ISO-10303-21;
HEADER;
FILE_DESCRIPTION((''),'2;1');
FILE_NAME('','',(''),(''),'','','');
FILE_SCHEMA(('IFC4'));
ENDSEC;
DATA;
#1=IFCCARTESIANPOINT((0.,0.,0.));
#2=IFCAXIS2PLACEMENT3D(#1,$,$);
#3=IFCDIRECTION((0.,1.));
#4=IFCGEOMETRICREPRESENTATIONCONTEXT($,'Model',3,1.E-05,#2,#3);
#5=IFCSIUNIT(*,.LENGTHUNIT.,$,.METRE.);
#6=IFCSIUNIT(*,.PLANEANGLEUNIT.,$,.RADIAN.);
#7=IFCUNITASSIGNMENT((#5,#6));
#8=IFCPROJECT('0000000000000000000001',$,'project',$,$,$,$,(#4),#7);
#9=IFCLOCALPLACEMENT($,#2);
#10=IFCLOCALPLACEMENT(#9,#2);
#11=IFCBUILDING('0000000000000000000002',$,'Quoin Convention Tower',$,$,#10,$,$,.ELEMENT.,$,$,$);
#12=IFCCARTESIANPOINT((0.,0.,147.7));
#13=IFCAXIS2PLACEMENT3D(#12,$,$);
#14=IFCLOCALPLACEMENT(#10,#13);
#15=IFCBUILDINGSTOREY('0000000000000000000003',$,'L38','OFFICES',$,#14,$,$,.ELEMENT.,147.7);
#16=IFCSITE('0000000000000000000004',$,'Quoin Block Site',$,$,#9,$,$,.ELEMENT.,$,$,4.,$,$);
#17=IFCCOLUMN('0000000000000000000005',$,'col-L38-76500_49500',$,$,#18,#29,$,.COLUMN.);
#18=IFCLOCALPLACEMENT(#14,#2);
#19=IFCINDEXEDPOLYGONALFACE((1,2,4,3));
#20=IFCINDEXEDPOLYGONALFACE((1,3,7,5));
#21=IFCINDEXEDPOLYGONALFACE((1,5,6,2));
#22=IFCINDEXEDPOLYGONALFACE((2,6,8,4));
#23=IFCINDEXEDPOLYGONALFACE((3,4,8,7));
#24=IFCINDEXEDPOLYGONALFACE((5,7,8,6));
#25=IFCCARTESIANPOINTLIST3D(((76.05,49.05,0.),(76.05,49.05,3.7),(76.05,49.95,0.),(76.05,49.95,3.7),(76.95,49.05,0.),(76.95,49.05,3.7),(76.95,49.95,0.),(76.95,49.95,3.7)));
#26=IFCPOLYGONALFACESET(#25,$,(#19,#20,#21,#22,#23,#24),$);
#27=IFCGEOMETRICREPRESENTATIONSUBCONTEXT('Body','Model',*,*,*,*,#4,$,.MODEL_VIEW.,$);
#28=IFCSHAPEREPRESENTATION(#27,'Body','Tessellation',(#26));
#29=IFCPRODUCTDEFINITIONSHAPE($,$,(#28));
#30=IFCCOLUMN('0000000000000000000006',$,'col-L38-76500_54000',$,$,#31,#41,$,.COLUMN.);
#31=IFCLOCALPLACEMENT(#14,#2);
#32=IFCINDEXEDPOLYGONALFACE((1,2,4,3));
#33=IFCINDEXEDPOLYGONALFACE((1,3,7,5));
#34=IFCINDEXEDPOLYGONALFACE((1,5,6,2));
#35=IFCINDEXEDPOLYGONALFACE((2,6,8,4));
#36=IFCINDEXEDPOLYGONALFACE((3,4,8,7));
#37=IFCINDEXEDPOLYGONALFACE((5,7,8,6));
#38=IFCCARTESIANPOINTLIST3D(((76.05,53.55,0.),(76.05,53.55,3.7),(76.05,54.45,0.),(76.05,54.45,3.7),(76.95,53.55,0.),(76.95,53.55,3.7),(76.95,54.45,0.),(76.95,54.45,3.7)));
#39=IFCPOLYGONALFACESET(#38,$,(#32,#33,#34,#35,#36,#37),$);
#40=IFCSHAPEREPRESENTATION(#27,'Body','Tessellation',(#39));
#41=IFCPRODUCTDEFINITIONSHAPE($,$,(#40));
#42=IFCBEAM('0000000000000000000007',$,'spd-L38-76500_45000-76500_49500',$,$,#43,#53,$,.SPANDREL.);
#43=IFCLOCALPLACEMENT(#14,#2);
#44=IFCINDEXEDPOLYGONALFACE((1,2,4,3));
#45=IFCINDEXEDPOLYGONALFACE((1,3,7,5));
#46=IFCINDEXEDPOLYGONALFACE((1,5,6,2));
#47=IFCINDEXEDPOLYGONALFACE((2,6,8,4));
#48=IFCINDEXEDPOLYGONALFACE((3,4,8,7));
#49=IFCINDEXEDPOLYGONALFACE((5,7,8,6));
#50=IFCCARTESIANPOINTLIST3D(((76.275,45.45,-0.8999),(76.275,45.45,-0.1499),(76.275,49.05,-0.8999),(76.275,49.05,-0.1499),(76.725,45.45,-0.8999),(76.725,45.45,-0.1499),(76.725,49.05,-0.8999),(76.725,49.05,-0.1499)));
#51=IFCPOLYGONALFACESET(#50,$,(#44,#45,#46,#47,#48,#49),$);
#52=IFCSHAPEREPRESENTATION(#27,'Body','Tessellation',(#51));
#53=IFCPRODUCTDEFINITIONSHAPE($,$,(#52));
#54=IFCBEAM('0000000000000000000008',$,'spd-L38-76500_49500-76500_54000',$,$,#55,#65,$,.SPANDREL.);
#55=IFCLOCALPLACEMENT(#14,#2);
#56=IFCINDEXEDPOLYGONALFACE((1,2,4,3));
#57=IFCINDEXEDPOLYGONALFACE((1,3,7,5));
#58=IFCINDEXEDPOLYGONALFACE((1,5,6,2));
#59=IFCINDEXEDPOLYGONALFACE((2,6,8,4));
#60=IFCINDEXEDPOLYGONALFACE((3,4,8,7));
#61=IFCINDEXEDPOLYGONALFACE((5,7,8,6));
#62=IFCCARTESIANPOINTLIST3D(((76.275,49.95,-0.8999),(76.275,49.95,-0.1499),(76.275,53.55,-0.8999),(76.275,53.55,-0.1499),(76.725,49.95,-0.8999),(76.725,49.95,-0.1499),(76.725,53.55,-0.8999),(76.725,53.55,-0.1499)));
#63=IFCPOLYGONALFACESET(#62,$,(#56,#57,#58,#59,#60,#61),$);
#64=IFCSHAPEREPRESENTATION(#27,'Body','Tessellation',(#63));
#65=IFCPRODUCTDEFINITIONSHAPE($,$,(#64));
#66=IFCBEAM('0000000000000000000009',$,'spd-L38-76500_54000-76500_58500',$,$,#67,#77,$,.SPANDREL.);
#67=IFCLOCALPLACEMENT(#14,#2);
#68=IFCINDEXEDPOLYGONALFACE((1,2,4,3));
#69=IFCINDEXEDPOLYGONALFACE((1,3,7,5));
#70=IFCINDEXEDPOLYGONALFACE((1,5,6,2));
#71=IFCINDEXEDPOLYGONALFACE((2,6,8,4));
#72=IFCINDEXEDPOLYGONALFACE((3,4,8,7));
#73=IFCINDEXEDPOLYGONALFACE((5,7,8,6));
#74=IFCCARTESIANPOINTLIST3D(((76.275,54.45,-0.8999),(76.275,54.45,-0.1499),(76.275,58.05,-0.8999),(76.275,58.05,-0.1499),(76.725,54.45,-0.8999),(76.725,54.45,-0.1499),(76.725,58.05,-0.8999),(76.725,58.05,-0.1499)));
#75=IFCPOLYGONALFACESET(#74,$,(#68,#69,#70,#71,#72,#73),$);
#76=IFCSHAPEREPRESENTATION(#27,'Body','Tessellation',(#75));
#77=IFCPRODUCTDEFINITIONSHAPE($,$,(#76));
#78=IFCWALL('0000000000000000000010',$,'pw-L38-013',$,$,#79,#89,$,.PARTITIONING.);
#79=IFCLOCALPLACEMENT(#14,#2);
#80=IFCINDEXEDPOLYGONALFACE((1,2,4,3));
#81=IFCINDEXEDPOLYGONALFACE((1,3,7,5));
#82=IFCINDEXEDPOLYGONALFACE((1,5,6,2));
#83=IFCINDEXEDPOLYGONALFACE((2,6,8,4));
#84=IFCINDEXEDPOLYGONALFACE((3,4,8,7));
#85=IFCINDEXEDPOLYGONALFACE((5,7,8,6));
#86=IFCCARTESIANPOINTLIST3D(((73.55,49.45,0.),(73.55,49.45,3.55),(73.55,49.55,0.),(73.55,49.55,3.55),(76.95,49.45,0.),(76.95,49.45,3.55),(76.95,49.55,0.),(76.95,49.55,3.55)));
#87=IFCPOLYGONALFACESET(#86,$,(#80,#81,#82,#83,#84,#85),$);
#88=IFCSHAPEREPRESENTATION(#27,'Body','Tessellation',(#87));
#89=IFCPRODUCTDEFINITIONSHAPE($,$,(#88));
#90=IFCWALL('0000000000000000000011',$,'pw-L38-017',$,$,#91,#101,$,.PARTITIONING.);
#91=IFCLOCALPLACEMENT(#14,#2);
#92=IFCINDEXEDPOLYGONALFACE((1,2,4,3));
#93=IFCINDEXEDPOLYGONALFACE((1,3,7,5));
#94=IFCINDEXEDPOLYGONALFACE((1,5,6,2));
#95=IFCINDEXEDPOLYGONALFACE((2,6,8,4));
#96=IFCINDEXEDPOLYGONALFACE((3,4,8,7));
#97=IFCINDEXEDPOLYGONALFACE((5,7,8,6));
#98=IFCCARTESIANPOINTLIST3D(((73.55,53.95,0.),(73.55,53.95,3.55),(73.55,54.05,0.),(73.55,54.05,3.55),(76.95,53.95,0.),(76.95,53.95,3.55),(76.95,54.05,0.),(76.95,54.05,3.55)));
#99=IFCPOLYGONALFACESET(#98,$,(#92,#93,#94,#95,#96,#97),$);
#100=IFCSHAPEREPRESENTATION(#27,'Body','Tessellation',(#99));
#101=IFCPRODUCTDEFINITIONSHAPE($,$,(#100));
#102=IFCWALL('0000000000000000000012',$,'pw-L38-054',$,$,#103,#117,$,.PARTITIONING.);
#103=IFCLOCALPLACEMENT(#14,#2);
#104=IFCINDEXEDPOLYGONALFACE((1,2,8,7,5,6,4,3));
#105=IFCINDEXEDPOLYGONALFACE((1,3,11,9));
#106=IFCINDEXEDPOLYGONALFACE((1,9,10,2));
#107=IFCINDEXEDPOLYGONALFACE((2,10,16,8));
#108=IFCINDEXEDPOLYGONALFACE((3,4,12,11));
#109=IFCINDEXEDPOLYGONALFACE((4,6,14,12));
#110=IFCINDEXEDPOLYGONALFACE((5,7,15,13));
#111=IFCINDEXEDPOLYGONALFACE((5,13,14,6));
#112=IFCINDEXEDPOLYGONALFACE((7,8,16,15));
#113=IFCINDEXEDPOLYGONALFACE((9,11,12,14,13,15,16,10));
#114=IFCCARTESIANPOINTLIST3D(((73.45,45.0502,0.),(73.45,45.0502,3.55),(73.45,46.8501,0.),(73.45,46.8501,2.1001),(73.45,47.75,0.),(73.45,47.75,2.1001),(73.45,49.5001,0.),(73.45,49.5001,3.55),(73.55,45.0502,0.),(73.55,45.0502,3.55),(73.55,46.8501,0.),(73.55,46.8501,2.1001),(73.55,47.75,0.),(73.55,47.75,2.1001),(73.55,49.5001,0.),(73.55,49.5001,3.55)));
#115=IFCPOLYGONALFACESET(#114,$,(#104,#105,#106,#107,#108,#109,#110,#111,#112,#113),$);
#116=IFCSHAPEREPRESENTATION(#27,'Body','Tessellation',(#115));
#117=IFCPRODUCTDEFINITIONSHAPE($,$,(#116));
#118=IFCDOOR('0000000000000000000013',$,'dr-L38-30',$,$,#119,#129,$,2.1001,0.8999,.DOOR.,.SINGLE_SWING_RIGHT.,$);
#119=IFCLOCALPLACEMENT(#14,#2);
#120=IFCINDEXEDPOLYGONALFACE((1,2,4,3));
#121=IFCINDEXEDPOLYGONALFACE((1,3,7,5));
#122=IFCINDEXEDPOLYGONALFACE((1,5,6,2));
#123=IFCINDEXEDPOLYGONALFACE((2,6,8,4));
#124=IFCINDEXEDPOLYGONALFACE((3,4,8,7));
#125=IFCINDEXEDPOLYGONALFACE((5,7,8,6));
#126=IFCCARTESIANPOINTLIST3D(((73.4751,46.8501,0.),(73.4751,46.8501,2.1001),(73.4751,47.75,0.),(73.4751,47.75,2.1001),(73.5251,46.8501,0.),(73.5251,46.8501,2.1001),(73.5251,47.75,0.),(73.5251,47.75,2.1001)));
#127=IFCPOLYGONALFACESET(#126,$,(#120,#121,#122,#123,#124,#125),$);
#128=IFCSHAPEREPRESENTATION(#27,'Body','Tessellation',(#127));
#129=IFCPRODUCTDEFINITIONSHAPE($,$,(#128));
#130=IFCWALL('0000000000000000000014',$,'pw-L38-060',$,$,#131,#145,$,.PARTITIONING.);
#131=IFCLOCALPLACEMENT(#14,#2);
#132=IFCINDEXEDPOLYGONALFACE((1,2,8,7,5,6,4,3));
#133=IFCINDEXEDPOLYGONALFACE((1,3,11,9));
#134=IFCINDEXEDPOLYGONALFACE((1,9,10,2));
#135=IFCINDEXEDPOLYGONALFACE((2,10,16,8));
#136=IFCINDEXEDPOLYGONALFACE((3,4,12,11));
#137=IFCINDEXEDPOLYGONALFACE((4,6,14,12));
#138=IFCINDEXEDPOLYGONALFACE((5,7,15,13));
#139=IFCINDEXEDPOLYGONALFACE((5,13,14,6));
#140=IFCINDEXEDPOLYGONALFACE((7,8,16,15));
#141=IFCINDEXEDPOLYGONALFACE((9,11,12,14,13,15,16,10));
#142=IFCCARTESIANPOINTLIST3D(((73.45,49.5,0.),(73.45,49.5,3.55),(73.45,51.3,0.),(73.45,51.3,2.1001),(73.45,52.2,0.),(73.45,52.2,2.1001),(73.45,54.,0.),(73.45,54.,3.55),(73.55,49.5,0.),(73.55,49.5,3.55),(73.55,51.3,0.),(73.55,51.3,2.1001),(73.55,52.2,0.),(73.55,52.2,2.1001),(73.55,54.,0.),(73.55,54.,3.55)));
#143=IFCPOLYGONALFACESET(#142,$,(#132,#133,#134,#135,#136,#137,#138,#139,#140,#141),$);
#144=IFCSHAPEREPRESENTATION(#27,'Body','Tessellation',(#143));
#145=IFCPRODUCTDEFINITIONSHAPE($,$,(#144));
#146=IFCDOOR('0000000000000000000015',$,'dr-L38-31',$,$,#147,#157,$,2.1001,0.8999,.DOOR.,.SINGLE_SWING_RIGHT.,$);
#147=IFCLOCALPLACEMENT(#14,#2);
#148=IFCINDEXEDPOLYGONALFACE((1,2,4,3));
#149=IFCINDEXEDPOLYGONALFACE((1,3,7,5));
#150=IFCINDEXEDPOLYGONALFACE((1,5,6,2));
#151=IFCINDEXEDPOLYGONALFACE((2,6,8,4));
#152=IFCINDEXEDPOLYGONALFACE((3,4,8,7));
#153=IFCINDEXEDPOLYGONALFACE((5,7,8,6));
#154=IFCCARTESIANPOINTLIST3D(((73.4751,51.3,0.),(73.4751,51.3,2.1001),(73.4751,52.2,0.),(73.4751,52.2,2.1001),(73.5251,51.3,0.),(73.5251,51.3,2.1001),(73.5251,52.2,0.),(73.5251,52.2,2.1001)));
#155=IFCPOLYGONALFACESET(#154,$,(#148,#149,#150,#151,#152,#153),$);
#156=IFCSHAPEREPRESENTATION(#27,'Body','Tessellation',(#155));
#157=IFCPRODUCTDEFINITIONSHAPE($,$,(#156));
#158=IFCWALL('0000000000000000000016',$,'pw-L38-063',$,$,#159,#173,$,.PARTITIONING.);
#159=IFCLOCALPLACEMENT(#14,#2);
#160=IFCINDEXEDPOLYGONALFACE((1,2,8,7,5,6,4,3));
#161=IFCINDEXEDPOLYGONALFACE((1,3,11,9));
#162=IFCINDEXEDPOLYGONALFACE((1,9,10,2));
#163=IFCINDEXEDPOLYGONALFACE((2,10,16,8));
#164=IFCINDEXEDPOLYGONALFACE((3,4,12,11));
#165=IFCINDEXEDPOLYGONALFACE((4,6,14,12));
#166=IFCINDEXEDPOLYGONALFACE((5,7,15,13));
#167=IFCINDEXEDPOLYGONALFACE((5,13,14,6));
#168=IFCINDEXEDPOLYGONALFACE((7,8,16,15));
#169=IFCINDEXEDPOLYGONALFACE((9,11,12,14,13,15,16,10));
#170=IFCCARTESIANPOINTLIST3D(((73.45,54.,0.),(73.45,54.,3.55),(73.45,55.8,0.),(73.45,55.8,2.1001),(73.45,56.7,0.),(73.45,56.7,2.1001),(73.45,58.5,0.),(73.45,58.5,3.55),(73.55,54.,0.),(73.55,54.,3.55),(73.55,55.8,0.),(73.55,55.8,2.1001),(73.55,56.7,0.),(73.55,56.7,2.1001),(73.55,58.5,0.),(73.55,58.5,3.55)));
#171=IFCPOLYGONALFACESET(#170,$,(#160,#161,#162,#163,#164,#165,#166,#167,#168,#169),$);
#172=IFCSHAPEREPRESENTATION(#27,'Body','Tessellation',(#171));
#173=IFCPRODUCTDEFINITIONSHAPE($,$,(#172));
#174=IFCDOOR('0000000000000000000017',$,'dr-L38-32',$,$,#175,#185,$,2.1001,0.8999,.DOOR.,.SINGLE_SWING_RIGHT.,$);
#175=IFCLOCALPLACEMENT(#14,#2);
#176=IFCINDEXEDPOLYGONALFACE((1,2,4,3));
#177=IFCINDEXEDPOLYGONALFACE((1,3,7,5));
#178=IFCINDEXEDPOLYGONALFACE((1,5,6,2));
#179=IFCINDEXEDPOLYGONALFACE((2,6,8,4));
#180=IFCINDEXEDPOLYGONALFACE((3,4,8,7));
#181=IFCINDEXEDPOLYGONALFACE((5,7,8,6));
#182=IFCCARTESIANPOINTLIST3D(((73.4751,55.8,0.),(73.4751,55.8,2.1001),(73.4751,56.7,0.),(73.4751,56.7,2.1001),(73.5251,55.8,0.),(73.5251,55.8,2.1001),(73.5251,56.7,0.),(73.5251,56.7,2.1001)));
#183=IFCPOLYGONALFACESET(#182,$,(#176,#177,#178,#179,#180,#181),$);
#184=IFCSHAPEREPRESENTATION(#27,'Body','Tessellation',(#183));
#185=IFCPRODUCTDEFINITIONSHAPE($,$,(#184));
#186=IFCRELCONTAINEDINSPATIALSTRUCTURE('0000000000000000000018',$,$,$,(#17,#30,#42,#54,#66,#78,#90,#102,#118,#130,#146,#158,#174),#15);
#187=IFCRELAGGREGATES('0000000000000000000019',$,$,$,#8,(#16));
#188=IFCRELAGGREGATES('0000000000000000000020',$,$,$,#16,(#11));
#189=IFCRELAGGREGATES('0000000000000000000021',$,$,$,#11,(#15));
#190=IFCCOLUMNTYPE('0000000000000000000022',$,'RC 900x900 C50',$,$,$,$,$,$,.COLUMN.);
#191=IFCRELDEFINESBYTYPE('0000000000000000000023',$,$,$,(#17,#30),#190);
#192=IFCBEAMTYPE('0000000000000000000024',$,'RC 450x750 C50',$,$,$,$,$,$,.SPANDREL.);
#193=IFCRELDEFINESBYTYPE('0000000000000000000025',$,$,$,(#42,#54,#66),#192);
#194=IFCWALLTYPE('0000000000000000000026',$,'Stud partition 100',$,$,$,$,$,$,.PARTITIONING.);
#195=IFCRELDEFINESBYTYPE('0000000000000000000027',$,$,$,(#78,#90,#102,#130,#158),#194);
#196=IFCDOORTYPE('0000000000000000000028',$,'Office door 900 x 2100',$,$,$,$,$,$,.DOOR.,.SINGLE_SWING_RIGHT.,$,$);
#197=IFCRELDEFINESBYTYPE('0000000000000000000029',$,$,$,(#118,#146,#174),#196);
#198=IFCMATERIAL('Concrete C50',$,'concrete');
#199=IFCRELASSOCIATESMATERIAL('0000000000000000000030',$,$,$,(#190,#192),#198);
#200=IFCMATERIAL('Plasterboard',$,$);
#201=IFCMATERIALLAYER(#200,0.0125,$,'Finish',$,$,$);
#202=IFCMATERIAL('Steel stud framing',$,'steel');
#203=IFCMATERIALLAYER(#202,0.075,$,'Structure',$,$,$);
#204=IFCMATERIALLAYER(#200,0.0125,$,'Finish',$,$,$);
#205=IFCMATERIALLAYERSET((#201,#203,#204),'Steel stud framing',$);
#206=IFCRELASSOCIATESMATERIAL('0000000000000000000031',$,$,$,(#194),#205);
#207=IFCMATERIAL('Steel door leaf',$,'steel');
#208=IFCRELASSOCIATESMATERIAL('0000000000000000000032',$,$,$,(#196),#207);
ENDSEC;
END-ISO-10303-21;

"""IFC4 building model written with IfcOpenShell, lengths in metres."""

from ifc_helpers import new_model, si_unit, direction, frame, frame_2d, origin, origin_2d, place, context, subcontext, project, spatial, rectangle, extrude, material, layer, layer_set, material_profile, profile_set, type_object, element, fill, save


model = new_model("IFC4")

# Units and contexts
model_context = context("Model", 3, precision=1e-05, world=origin(), true_north=direction((0.0, 1.0)))
body_context = subcontext(model_context, "Body", "Model", "MODEL_VIEW")
ifc_project = project(units=[si_unit("LENGTHUNIT", "METRE"), si_unit("PLANEANGLEUNIT", "RADIAN")], contexts=[model_context])

# Site, building, storey
site_placement = place(None, origin())
site = spatial("IfcSite", under=ifc_project, at=site_placement, Name="Quoin Block Site", CompositionType="ELEMENT", RefElevation=4.0)
building_placement = place(site_placement, origin())
building = spatial("IfcBuilding", under=site, at=building_placement, Name="Quoin Convention Tower", CompositionType="ELEMENT")
storey_placement = place(building_placement, frame((0.0, 0.0, 147.7)))
storey = spatial("IfcBuildingStorey", under=building, at=storey_placement, Name="L38", Description="OFFICES", CompositionType="ELEMENT", Elevation=147.7)

# Columns
ifc_material_1 = material(Name="Concrete C50", Category="concrete")
ifc_material_profile_1 = material_profile(ifc_material_1, rectangle(XDim=0.8999, YDim=0.8999, at=origin_2d()), Name="RC 900x900")
ifc_profile_set_1 = profile_set([ifc_material_profile_1], Name="Concrete C50")
column_type = type_object("IfcColumnType", Name="RC 900x900 C50", PredefinedType="COLUMN", material=ifc_profile_set_1)
for number, where, z_axis, x_axis, name in (
    (1, (76.5, 49.5, 0.0), (0.0, 0.0, 1.0), (1.0, 0.0, 0.0), "col-L38-76500_49500"),
    (2, (76.5, 54.0, 0.0), (0.0, 0.0, 1.0), (1.0, 0.0, 0.0), "col-L38-76500_54000"),
):
    element("IfcColumn", number, at=place(storey_placement, frame(where, z_axis=z_axis, x_axis=x_axis)), inside=storey, type_object=column_type, Name=name, PredefinedType="COLUMN", context=body_context, shape_type="SweptSolid", body=[
        extrude(rectangle(XDim=0.8999, YDim=0.8999, at=origin_2d()), origin(), (0.0, 0.0, 1.0), 3.7),
    ])

# Beams
ifc_material_profile_2 = material_profile(ifc_material_1, rectangle(XDim=0.45, YDim=0.75, at=origin_2d()), Name="RC 450x750")
ifc_profile_set_2 = profile_set([ifc_material_profile_2], Name="Concrete C50")
beam_type = type_object("IfcBeamType", Name="RC 450x750 C50", PredefinedType="SPANDREL", material=ifc_profile_set_2)
for number, where, z_axis, x_axis, name in (
    (3, (76.5, 45.45, -0.5249), (0.0, 1.0, 0.0), (-1.0, 0.0, 0.0), "spd-L38-76500_45000-76500_49500"),
    (4, (76.5, 49.95, -0.5249), (0.0, 1.0, 0.0), (-1.0, 0.0, 0.0), "spd-L38-76500_49500-76500_54000"),
    (5, (76.5, 54.45, -0.5249), (0.0, 1.0, 0.0), (-1.0, 0.0, 0.0), "spd-L38-76500_54000-76500_58500"),
):
    element("IfcBeam", number, at=place(storey_placement, frame(where, z_axis=z_axis, x_axis=x_axis)), inside=storey, type_object=beam_type, Name=name, PredefinedType="SPANDREL", context=body_context, shape_type="SweptSolid", body=[
        extrude(rectangle(XDim=0.45, YDim=0.75, at=origin_2d()), origin(), (0.0, 0.0, 1.0), 3.6001),
    ])

# Walls
ifc_material_2 = material(Name="Plasterboard")
ifc_layer_1 = layer(ifc_material_2, 0.0125, Name="Finish")
ifc_material_3 = material(Name="Steel stud framing", Category="steel")
ifc_layer_2 = layer(ifc_material_3, 0.075, Name="Structure")
ifc_layer_3 = layer(ifc_material_2, 0.0125, Name="Finish")
ifc_layer_set = layer_set([ifc_layer_1, ifc_layer_2, ifc_layer_3], Name="Steel stud framing")
wall_type = type_object("IfcWallType", Name="Stud partition 100", PredefinedType="PARTITIONING", material=ifc_layer_set)
for number, where, z_axis, x_axis, name in (
    (6, (73.55, 49.5, 0.0), (0.0, 0.0, 1.0), (1.0, 0.0, 0.0), "pw-L38-013"),
    (7, (73.55, 54.0, 0.0), (0.0, 0.0, 1.0), (1.0, 0.0, 0.0), "pw-L38-017"),
):
    element("IfcWall", number, at=place(storey_placement, frame(where, z_axis=z_axis, x_axis=x_axis)), inside=storey, type_object=wall_type, Name=name, PredefinedType="PARTITIONING", context=body_context, shape_type="SweptSolid", body=[
        extrude(rectangle(XDim=3.3999, YDim=0.1001, at=frame_2d((1.7, 0.0))), origin(), (0.0, 0.0, 1.0), 3.55),
    ])

# Walls, openings, doors
wall_1_placement = place(storey_placement, frame((73.5, 45.05, 0.0), z_axis=(0.0, 0.0, 1.0), x_axis=(0.0, 1.0, 0.0)))
wall_1 = element("IfcWall", 8, at=wall_1_placement, inside=storey, type_object=wall_type, Name="pw-L38-054", PredefinedType="PARTITIONING", context=body_context, shape_type="SweptSolid", body=[
    extrude(rectangle(XDim=4.45, YDim=0.1001, at=frame_2d((2.2251, 0.0))), origin(), (0.0, 0.0, 1.0), 3.55),
])
opening_1_placement = place(wall_1_placement, frame((1.8, 0.0, 0.0)))
opening_1 = element("IfcOpeningElement", 9, at=opening_1_placement, cuts=wall_1, PredefinedType="OPENING", context=body_context, shape_type="SweptSolid", body=[
    extrude(rectangle(XDim=0.8999, YDim=2.1001, at=frame_2d((0.45, 1.05))), frame((0.0, 0.0601, 0.0), z_axis=(0.0, -1.0, 0.0), x_axis=(1.0, 0.0, 0.0)), (0.0, 0.0, 1.0), 0.1201),
])
ifc_material_4 = material(Name="Steel door leaf", Category="steel")
door_type = type_object("IfcDoorType", Name="Office door 900 x 2100", OperationType="SINGLE_SWING_RIGHT", PredefinedType="DOOR", material=ifc_material_4)
door_1_placement = place(opening_1_placement, origin())
door_1 = element("IfcDoor", 10, at=door_1_placement, inside=storey, type_object=door_type, Name="dr-L38-30", OperationType="SINGLE_SWING_RIGHT", OverallHeight=2.1001, OverallWidth=0.8999, PredefinedType="DOOR", context=body_context, shape_type="SweptSolid", body=[
    extrude(rectangle(XDim=0.8999, YDim=2.1001, at=frame_2d((0.45, 1.05))), frame((0.0, 0.0249, 0.0), z_axis=(0.0, -1.0, 0.0), x_axis=(1.0, 0.0, 0.0)), (0.0, 0.0, 1.0), 0.05),
])
fill(opening_1, door_1)
wall_2_placement = place(storey_placement, frame((73.5, 49.5, 0.0), z_axis=(0.0, 0.0, 1.0), x_axis=(0.0, 1.0, 0.0)))
wall_2 = element("IfcWall", 11, at=wall_2_placement, inside=storey, type_object=wall_type, Name="pw-L38-060", PredefinedType="PARTITIONING", context=body_context, shape_type="SweptSolid", body=[
    extrude(rectangle(XDim=4.5, YDim=0.1001, at=frame_2d((2.25, 0.0))), origin(), (0.0, 0.0, 1.0), 3.55),
])
opening_2_placement = place(wall_2_placement, frame((1.8, 0.0, 0.0)))
opening_2 = element("IfcOpeningElement", 12, at=opening_2_placement, cuts=wall_2, PredefinedType="OPENING", context=body_context, shape_type="SweptSolid", body=[
    extrude(rectangle(XDim=0.8999, YDim=2.1001, at=frame_2d((0.45, 1.05))), frame((0.0, 0.0601, 0.0), z_axis=(0.0, -1.0, 0.0), x_axis=(1.0, 0.0, 0.0)), (0.0, 0.0, 1.0), 0.1201),
])
door_2_placement = place(opening_2_placement, origin())
door_2 = element("IfcDoor", 13, at=door_2_placement, inside=storey, type_object=door_type, Name="dr-L38-31", OperationType="SINGLE_SWING_RIGHT", OverallHeight=2.1001, OverallWidth=0.8999, PredefinedType="DOOR", context=body_context, shape_type="SweptSolid", body=[
    extrude(rectangle(XDim=0.8999, YDim=2.1001, at=frame_2d((0.45, 1.05))), frame((0.0, 0.0249, 0.0), z_axis=(0.0, -1.0, 0.0), x_axis=(1.0, 0.0, 0.0)), (0.0, 0.0, 1.0), 0.05),
])
fill(opening_2, door_2)
wall_3_placement = place(storey_placement, frame((73.5, 54.0, 0.0), z_axis=(0.0, 0.0, 1.0), x_axis=(0.0, 1.0, 0.0)))
wall_3 = element("IfcWall", 14, at=wall_3_placement, inside=storey, type_object=wall_type, Name="pw-L38-063", PredefinedType="PARTITIONING", context=body_context, shape_type="SweptSolid", body=[
    extrude(rectangle(XDim=4.5, YDim=0.1001, at=frame_2d((2.25, 0.0))), origin(), (0.0, 0.0, 1.0), 3.55),
])
opening_3_placement = place(wall_3_placement, frame((1.8, 0.0, 0.0)))
opening_3 = element("IfcOpeningElement", 15, at=opening_3_placement, cuts=wall_3, PredefinedType="OPENING", context=body_context, shape_type="SweptSolid", body=[
    extrude(rectangle(XDim=0.8999, YDim=2.1001, at=frame_2d((0.45, 1.05))), frame((0.0, 0.0601, 0.0), z_axis=(0.0, -1.0, 0.0), x_axis=(1.0, 0.0, 0.0)), (0.0, 0.0, 1.0), 0.1201),
])
door_3_placement = place(opening_3_placement, origin())
door_3 = element("IfcDoor", 16, at=door_3_placement, inside=storey, type_object=door_type, Name="dr-L38-32", OperationType="SINGLE_SWING_RIGHT", OverallHeight=2.1001, OverallWidth=0.8999, PredefinedType="DOOR", context=body_context, shape_type="SweptSolid", body=[
    extrude(rectangle(XDim=0.8999, YDim=2.1001, at=frame_2d((0.45, 1.05))), frame((0.0, 0.0249, 0.0), z_axis=(0.0, -1.0, 0.0), x_axis=(1.0, 0.0, 0.0)), (0.0, 0.0, 1.0), 0.05),
])
fill(opening_3, door_3)

save(model, "model.ifc")
